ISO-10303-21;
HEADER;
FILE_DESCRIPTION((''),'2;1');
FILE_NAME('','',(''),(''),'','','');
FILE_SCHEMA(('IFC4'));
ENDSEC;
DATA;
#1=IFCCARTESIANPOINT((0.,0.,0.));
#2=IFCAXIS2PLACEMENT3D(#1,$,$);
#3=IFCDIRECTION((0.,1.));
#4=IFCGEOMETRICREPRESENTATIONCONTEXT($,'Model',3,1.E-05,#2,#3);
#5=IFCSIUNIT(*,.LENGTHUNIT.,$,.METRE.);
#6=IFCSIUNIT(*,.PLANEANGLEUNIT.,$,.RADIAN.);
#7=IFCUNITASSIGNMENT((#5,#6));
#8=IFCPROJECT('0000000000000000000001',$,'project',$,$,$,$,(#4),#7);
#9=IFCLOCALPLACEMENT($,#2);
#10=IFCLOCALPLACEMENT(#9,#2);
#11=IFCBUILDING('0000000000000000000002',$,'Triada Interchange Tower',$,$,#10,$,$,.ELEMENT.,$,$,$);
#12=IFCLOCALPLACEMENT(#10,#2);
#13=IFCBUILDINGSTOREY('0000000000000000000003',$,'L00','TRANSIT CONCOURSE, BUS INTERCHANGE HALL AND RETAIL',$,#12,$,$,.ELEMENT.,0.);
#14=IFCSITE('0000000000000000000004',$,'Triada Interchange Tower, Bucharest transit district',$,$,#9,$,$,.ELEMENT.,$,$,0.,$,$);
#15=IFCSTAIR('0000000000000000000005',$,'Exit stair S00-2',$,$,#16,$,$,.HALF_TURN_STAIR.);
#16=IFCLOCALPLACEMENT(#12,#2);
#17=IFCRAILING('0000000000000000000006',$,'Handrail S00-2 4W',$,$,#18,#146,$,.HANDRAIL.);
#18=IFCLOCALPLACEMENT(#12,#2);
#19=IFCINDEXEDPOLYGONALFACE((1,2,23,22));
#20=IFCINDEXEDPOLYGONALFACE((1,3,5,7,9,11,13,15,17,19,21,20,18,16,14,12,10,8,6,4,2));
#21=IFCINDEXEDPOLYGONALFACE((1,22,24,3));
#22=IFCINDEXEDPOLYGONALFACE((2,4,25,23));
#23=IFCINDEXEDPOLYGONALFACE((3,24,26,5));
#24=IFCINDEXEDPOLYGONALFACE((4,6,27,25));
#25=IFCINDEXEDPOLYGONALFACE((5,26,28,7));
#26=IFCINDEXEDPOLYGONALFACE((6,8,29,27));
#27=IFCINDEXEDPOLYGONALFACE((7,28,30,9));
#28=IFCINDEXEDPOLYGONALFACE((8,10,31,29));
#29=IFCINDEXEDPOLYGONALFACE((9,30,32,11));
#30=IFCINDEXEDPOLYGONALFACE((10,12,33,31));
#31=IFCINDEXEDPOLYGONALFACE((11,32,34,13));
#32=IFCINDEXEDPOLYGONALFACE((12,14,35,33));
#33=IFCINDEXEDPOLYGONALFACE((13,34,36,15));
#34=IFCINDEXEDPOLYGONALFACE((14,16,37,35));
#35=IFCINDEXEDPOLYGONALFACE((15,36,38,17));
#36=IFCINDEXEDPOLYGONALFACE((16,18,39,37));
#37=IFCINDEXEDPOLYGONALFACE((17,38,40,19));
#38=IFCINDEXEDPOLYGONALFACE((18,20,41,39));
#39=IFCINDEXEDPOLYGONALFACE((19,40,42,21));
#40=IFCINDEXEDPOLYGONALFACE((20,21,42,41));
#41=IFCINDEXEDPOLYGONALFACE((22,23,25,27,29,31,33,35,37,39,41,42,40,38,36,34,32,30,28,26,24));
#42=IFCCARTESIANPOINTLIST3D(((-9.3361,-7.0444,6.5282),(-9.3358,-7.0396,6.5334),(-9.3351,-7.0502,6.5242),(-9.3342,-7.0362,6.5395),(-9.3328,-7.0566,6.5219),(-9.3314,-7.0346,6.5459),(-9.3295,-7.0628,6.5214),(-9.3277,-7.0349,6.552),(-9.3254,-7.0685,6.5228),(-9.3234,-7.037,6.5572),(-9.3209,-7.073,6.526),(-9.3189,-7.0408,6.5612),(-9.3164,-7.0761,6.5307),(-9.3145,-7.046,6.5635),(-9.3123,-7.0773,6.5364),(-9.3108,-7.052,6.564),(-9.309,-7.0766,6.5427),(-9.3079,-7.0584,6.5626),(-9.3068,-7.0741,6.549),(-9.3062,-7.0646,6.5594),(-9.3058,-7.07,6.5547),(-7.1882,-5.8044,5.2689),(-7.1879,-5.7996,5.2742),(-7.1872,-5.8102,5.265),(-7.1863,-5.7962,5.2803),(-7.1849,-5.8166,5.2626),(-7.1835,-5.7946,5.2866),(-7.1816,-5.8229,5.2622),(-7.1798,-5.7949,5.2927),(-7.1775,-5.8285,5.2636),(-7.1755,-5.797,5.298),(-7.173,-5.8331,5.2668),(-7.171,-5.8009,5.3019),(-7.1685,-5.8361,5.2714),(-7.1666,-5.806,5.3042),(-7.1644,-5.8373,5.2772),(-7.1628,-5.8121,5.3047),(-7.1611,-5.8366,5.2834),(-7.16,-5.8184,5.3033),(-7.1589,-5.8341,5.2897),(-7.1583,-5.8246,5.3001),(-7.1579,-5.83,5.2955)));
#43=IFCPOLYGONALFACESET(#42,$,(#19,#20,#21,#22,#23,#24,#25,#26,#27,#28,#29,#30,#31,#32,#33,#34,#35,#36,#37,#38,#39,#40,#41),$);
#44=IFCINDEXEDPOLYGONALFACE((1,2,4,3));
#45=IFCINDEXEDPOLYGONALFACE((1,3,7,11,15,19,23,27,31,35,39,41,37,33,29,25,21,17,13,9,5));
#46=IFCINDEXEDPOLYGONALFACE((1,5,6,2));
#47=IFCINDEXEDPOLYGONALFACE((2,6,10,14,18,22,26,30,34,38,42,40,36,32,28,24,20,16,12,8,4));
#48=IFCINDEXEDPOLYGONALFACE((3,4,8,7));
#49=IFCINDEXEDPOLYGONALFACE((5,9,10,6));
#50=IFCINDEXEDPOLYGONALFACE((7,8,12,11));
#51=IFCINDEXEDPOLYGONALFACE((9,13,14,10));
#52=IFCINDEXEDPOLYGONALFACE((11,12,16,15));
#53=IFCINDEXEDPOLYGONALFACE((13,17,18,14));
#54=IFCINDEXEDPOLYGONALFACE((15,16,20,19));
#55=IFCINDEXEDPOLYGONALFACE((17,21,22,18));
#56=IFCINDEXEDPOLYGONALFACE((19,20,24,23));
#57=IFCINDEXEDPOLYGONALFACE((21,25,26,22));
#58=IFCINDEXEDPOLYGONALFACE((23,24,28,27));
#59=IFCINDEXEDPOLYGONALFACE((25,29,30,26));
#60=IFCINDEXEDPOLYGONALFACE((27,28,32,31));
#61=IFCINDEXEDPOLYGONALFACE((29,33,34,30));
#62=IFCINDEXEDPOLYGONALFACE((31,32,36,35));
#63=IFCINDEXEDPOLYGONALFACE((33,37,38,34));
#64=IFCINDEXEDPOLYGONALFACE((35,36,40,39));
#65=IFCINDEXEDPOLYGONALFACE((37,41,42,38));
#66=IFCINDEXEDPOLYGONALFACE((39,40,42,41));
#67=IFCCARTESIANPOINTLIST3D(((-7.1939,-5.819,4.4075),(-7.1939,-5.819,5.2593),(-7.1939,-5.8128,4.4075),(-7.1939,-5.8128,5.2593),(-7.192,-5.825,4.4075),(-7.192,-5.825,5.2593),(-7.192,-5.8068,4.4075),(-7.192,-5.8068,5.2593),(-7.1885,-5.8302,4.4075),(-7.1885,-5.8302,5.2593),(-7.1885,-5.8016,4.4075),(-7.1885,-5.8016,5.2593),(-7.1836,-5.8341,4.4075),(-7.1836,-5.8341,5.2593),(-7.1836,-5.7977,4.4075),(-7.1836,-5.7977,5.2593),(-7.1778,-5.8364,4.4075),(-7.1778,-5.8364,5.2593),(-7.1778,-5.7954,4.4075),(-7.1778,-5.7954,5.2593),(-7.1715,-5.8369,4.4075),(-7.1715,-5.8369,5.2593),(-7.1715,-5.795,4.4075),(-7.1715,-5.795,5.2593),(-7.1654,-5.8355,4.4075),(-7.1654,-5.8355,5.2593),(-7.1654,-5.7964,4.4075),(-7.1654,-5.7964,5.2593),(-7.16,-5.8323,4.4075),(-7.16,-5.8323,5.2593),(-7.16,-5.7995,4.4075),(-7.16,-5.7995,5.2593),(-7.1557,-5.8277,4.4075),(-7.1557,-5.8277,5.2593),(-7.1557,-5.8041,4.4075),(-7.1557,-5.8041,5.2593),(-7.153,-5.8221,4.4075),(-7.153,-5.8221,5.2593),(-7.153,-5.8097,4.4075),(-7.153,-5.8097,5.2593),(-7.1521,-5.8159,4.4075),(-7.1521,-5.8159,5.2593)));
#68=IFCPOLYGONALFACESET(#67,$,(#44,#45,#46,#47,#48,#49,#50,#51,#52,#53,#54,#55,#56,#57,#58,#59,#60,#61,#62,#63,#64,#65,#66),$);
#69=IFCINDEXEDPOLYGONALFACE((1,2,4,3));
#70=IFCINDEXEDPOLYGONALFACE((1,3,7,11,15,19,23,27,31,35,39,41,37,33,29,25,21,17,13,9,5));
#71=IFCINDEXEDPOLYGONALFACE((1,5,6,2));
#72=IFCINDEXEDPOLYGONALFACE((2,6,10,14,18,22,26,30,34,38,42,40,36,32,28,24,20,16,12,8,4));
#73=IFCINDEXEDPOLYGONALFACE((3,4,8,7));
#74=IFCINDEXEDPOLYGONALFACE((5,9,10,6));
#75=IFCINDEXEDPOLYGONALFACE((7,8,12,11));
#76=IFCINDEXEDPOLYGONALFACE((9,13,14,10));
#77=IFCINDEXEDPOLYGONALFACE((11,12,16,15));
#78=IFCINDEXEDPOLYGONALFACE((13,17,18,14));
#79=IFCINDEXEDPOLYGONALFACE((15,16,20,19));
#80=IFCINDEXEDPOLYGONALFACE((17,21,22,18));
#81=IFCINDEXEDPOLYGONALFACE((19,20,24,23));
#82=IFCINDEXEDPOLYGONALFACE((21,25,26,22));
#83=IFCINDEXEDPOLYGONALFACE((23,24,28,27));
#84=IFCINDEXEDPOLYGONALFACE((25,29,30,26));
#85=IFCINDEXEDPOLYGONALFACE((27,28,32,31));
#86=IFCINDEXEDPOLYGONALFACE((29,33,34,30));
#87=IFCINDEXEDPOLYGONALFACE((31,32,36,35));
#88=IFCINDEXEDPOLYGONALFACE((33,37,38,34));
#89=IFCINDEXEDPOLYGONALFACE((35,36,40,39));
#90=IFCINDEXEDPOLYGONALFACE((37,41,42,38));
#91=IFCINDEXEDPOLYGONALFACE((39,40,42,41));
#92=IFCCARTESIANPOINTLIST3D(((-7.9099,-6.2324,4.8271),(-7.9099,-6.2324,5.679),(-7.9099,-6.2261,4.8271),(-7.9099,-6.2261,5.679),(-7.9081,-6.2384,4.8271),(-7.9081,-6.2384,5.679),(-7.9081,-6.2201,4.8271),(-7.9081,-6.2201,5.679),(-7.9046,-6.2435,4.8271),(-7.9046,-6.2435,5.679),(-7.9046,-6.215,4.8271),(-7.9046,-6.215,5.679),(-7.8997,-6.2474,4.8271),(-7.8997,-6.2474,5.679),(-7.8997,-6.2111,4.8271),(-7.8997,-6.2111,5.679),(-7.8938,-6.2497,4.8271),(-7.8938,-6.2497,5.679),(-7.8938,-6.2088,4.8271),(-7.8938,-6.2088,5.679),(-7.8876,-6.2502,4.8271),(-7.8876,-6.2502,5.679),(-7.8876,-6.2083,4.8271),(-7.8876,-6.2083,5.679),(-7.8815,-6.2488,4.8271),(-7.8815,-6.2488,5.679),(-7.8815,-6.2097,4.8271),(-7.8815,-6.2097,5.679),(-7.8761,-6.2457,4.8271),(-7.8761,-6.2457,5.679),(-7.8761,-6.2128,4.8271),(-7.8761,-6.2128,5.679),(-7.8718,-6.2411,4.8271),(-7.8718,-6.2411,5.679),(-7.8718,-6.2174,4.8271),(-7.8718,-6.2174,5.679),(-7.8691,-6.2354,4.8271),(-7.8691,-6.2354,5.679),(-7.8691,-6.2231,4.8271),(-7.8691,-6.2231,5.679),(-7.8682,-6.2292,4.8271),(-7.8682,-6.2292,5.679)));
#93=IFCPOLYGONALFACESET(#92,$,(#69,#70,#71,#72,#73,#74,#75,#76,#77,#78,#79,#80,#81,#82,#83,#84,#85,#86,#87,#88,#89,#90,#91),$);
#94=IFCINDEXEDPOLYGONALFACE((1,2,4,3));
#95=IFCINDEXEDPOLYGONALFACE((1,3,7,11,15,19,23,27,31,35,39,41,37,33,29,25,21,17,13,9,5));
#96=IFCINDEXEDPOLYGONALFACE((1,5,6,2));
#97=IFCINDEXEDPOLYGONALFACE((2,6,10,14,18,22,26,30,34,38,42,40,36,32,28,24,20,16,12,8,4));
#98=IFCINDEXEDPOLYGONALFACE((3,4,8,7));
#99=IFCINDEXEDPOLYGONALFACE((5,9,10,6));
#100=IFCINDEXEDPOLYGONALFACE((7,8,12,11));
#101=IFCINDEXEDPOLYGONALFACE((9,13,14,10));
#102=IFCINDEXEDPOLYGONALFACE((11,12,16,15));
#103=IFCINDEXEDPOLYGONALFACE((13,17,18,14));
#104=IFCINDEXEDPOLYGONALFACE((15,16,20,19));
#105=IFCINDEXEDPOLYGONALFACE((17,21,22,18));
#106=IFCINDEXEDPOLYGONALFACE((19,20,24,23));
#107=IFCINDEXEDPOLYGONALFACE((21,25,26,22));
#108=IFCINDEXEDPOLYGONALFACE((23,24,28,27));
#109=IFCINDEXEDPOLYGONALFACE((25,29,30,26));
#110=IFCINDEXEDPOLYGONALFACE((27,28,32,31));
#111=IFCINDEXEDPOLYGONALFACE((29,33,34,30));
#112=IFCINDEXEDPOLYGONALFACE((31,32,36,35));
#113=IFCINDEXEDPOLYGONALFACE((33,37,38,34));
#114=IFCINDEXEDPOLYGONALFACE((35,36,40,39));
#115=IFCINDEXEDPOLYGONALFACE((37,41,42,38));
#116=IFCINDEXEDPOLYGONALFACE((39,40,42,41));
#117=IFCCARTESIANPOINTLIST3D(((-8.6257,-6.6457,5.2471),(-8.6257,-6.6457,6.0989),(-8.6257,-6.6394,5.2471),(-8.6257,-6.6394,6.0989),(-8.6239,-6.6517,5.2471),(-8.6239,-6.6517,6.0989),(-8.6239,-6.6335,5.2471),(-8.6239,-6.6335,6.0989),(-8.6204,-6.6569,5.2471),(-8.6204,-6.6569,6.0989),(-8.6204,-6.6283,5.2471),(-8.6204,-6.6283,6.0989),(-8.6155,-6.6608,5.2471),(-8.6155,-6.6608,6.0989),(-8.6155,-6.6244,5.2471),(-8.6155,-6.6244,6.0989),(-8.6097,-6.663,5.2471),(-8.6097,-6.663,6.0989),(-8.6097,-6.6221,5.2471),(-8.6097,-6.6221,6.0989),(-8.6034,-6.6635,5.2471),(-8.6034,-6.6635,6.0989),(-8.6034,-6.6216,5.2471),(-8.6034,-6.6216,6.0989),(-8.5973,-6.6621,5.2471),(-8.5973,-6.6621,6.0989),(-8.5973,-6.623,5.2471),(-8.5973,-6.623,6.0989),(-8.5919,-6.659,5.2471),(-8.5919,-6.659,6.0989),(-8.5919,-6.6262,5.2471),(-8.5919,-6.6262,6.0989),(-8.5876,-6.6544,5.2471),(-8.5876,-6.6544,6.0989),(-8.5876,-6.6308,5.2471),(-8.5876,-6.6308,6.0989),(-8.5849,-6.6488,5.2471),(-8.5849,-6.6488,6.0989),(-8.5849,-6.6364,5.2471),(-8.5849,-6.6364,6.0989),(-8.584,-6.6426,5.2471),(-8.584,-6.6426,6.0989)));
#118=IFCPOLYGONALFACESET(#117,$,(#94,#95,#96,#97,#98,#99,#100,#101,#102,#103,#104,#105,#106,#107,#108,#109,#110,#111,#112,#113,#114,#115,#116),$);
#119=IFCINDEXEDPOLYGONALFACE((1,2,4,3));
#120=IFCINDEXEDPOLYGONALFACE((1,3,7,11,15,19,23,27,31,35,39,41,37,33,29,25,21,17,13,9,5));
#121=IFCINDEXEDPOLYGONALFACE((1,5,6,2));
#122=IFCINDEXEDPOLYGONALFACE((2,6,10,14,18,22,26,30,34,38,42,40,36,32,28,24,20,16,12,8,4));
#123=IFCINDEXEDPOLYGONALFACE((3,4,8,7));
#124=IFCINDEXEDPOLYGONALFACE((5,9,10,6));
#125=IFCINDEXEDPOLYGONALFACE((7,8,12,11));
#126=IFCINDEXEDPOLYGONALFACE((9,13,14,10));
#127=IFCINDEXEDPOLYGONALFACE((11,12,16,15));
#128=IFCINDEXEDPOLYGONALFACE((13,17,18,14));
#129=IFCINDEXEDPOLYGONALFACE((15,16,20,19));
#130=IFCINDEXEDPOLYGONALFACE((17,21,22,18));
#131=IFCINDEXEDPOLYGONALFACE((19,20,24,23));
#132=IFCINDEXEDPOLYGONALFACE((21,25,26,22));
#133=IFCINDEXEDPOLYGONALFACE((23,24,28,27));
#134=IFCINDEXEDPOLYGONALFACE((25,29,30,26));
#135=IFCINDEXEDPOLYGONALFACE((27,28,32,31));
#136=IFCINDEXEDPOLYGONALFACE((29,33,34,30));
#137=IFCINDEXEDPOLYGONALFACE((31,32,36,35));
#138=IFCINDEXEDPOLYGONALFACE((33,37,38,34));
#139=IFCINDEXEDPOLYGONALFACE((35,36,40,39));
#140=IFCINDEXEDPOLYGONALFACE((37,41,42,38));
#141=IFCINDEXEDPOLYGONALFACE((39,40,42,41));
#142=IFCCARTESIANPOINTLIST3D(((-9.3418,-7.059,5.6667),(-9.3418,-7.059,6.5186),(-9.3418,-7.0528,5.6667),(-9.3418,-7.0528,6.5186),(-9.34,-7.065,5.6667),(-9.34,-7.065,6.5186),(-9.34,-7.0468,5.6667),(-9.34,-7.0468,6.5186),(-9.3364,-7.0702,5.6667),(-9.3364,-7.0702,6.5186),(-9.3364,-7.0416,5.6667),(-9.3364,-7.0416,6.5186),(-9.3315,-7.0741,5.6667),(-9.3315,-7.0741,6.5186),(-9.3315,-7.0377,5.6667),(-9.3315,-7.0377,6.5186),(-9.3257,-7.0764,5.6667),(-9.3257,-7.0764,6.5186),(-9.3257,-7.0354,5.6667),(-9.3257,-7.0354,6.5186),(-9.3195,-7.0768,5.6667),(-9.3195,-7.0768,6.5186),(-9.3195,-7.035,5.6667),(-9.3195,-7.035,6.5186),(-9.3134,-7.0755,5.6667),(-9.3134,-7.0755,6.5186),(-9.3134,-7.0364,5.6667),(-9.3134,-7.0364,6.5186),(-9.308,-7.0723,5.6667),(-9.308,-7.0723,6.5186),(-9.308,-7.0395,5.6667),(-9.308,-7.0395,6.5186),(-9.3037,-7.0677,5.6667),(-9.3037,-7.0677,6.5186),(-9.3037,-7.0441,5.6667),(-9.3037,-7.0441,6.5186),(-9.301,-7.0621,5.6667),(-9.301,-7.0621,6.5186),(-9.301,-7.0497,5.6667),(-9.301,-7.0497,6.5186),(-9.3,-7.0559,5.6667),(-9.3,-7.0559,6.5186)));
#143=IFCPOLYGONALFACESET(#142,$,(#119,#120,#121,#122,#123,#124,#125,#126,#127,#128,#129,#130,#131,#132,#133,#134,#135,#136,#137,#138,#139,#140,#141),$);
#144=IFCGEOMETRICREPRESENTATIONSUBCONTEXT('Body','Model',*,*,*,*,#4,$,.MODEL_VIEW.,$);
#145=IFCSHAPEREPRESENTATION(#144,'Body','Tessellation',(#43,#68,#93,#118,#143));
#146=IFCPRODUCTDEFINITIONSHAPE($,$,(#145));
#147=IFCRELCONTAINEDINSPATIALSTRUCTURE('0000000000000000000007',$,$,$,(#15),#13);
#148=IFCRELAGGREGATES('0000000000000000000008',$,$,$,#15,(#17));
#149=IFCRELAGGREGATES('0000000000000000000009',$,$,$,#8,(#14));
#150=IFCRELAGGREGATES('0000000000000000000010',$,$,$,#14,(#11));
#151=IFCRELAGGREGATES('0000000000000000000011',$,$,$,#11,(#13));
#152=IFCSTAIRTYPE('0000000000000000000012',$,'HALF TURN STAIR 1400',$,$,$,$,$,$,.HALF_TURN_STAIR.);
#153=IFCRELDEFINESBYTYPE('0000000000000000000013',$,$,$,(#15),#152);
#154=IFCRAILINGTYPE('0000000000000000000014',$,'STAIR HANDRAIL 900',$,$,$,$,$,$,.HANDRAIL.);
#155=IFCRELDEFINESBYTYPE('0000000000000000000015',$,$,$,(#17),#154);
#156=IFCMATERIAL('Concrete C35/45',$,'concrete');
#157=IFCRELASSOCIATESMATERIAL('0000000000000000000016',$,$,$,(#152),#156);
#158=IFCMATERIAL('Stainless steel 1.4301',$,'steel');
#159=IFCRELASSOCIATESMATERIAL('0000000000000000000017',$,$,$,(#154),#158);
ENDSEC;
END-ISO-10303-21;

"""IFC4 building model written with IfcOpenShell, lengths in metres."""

from ifc_helpers import new_model, si_unit, direction, frame, origin, origin_2d, place, context, subcontext, project, spatial, circle, extrude, material, type_object, element, aggregate, save


model = new_model("IFC4")

# Units and contexts
model_context = context("Model", 3, precision=1e-05, world=origin(), true_north=direction((0.0, 1.0)))
body_context = subcontext(model_context, "Body", "Model", "MODEL_VIEW")
ifc_project = project(units=[si_unit("LENGTHUNIT", "METRE"), si_unit("PLANEANGLEUNIT", "RADIAN")], contexts=[model_context])

# Site, building, storey
site_placement = place(None, origin())
site = spatial("IfcSite", under=ifc_project, at=site_placement, Name="Triada Interchange Tower, Bucharest transit district", CompositionType="ELEMENT", RefElevation=0.0)
building_placement = place(site_placement, origin())
building = spatial("IfcBuilding", under=site, at=building_placement, Name="Triada Interchange Tower", CompositionType="ELEMENT")
storey_placement = place(building_placement, origin())
storey = spatial("IfcBuildingStorey", under=building, at=storey_placement, Name="L00", Description="TRANSIT CONCOURSE, BUS INTERCHANGE HALL AND RETAIL", CompositionType="ELEMENT", Elevation=0.0)

# Shared definitions
ifc_material_1 = material(Name="Concrete C35/45", Category="concrete")

# Stair, railing
stair_type = type_object("IfcStairType", Name="HALF TURN STAIR 1400", PredefinedType="HALF_TURN_STAIR", material=ifc_material_1)
stair_placement = place(storey_placement, origin())
stair = element("IfcStair", 1, at=stair_placement, inside=storey, type_object=stair_type, Name="Exit stair S00-2", PredefinedType="HALF_TURN_STAIR")
ifc_material_2 = material(Name="Stainless steel 1.4301", Category="steel")
railing_type_1 = type_object("IfcRailingType", Name="STAIR HANDRAIL 900", PredefinedType="HANDRAIL", material=ifc_material_2)
railing_1_placement = place(storey_placement, frame((-7.1731, -5.8159, 4.4075)))
railing_1 = element("IfcRailing", 2, at=railing_1_placement, type_object=railing_type_1, Name="Handrail S00-2 4W", PredefinedType="HANDRAIL", context=body_context, shape_type="SweptSolid", body=[
    extrude(circle(Radius=0.0239, at=origin_2d()), frame((0.0, 0.0, 0.876), z_axis=(-0.772212, -0.445791, 0.452724), x_axis=(0.499961, -0.866048, 0.0)), (0.0, 0.0, 1.0), 2.7815),
    extrude(circle(Radius=0.021, at=origin_2d()), origin(), (0.0, 0.0, 1.0), 0.8518),
    extrude(circle(Radius=0.021, at=origin_2d()), frame((-0.7161, -0.4133, 0.4197)), (0.0, 0.0, 1.0), 0.8518),
    extrude(circle(Radius=0.021, at=origin_2d()), frame((-1.4319, -0.8267, 0.8396)), (0.0, 0.0, 1.0), 0.8518),
    extrude(circle(Radius=0.021, at=origin_2d()), frame((-2.1479, -1.24, 1.2593)), (0.0, 0.0, 1.0), 0.8518),
])
aggregate(stair, [railing_1])

save(model, "model.ifc")
